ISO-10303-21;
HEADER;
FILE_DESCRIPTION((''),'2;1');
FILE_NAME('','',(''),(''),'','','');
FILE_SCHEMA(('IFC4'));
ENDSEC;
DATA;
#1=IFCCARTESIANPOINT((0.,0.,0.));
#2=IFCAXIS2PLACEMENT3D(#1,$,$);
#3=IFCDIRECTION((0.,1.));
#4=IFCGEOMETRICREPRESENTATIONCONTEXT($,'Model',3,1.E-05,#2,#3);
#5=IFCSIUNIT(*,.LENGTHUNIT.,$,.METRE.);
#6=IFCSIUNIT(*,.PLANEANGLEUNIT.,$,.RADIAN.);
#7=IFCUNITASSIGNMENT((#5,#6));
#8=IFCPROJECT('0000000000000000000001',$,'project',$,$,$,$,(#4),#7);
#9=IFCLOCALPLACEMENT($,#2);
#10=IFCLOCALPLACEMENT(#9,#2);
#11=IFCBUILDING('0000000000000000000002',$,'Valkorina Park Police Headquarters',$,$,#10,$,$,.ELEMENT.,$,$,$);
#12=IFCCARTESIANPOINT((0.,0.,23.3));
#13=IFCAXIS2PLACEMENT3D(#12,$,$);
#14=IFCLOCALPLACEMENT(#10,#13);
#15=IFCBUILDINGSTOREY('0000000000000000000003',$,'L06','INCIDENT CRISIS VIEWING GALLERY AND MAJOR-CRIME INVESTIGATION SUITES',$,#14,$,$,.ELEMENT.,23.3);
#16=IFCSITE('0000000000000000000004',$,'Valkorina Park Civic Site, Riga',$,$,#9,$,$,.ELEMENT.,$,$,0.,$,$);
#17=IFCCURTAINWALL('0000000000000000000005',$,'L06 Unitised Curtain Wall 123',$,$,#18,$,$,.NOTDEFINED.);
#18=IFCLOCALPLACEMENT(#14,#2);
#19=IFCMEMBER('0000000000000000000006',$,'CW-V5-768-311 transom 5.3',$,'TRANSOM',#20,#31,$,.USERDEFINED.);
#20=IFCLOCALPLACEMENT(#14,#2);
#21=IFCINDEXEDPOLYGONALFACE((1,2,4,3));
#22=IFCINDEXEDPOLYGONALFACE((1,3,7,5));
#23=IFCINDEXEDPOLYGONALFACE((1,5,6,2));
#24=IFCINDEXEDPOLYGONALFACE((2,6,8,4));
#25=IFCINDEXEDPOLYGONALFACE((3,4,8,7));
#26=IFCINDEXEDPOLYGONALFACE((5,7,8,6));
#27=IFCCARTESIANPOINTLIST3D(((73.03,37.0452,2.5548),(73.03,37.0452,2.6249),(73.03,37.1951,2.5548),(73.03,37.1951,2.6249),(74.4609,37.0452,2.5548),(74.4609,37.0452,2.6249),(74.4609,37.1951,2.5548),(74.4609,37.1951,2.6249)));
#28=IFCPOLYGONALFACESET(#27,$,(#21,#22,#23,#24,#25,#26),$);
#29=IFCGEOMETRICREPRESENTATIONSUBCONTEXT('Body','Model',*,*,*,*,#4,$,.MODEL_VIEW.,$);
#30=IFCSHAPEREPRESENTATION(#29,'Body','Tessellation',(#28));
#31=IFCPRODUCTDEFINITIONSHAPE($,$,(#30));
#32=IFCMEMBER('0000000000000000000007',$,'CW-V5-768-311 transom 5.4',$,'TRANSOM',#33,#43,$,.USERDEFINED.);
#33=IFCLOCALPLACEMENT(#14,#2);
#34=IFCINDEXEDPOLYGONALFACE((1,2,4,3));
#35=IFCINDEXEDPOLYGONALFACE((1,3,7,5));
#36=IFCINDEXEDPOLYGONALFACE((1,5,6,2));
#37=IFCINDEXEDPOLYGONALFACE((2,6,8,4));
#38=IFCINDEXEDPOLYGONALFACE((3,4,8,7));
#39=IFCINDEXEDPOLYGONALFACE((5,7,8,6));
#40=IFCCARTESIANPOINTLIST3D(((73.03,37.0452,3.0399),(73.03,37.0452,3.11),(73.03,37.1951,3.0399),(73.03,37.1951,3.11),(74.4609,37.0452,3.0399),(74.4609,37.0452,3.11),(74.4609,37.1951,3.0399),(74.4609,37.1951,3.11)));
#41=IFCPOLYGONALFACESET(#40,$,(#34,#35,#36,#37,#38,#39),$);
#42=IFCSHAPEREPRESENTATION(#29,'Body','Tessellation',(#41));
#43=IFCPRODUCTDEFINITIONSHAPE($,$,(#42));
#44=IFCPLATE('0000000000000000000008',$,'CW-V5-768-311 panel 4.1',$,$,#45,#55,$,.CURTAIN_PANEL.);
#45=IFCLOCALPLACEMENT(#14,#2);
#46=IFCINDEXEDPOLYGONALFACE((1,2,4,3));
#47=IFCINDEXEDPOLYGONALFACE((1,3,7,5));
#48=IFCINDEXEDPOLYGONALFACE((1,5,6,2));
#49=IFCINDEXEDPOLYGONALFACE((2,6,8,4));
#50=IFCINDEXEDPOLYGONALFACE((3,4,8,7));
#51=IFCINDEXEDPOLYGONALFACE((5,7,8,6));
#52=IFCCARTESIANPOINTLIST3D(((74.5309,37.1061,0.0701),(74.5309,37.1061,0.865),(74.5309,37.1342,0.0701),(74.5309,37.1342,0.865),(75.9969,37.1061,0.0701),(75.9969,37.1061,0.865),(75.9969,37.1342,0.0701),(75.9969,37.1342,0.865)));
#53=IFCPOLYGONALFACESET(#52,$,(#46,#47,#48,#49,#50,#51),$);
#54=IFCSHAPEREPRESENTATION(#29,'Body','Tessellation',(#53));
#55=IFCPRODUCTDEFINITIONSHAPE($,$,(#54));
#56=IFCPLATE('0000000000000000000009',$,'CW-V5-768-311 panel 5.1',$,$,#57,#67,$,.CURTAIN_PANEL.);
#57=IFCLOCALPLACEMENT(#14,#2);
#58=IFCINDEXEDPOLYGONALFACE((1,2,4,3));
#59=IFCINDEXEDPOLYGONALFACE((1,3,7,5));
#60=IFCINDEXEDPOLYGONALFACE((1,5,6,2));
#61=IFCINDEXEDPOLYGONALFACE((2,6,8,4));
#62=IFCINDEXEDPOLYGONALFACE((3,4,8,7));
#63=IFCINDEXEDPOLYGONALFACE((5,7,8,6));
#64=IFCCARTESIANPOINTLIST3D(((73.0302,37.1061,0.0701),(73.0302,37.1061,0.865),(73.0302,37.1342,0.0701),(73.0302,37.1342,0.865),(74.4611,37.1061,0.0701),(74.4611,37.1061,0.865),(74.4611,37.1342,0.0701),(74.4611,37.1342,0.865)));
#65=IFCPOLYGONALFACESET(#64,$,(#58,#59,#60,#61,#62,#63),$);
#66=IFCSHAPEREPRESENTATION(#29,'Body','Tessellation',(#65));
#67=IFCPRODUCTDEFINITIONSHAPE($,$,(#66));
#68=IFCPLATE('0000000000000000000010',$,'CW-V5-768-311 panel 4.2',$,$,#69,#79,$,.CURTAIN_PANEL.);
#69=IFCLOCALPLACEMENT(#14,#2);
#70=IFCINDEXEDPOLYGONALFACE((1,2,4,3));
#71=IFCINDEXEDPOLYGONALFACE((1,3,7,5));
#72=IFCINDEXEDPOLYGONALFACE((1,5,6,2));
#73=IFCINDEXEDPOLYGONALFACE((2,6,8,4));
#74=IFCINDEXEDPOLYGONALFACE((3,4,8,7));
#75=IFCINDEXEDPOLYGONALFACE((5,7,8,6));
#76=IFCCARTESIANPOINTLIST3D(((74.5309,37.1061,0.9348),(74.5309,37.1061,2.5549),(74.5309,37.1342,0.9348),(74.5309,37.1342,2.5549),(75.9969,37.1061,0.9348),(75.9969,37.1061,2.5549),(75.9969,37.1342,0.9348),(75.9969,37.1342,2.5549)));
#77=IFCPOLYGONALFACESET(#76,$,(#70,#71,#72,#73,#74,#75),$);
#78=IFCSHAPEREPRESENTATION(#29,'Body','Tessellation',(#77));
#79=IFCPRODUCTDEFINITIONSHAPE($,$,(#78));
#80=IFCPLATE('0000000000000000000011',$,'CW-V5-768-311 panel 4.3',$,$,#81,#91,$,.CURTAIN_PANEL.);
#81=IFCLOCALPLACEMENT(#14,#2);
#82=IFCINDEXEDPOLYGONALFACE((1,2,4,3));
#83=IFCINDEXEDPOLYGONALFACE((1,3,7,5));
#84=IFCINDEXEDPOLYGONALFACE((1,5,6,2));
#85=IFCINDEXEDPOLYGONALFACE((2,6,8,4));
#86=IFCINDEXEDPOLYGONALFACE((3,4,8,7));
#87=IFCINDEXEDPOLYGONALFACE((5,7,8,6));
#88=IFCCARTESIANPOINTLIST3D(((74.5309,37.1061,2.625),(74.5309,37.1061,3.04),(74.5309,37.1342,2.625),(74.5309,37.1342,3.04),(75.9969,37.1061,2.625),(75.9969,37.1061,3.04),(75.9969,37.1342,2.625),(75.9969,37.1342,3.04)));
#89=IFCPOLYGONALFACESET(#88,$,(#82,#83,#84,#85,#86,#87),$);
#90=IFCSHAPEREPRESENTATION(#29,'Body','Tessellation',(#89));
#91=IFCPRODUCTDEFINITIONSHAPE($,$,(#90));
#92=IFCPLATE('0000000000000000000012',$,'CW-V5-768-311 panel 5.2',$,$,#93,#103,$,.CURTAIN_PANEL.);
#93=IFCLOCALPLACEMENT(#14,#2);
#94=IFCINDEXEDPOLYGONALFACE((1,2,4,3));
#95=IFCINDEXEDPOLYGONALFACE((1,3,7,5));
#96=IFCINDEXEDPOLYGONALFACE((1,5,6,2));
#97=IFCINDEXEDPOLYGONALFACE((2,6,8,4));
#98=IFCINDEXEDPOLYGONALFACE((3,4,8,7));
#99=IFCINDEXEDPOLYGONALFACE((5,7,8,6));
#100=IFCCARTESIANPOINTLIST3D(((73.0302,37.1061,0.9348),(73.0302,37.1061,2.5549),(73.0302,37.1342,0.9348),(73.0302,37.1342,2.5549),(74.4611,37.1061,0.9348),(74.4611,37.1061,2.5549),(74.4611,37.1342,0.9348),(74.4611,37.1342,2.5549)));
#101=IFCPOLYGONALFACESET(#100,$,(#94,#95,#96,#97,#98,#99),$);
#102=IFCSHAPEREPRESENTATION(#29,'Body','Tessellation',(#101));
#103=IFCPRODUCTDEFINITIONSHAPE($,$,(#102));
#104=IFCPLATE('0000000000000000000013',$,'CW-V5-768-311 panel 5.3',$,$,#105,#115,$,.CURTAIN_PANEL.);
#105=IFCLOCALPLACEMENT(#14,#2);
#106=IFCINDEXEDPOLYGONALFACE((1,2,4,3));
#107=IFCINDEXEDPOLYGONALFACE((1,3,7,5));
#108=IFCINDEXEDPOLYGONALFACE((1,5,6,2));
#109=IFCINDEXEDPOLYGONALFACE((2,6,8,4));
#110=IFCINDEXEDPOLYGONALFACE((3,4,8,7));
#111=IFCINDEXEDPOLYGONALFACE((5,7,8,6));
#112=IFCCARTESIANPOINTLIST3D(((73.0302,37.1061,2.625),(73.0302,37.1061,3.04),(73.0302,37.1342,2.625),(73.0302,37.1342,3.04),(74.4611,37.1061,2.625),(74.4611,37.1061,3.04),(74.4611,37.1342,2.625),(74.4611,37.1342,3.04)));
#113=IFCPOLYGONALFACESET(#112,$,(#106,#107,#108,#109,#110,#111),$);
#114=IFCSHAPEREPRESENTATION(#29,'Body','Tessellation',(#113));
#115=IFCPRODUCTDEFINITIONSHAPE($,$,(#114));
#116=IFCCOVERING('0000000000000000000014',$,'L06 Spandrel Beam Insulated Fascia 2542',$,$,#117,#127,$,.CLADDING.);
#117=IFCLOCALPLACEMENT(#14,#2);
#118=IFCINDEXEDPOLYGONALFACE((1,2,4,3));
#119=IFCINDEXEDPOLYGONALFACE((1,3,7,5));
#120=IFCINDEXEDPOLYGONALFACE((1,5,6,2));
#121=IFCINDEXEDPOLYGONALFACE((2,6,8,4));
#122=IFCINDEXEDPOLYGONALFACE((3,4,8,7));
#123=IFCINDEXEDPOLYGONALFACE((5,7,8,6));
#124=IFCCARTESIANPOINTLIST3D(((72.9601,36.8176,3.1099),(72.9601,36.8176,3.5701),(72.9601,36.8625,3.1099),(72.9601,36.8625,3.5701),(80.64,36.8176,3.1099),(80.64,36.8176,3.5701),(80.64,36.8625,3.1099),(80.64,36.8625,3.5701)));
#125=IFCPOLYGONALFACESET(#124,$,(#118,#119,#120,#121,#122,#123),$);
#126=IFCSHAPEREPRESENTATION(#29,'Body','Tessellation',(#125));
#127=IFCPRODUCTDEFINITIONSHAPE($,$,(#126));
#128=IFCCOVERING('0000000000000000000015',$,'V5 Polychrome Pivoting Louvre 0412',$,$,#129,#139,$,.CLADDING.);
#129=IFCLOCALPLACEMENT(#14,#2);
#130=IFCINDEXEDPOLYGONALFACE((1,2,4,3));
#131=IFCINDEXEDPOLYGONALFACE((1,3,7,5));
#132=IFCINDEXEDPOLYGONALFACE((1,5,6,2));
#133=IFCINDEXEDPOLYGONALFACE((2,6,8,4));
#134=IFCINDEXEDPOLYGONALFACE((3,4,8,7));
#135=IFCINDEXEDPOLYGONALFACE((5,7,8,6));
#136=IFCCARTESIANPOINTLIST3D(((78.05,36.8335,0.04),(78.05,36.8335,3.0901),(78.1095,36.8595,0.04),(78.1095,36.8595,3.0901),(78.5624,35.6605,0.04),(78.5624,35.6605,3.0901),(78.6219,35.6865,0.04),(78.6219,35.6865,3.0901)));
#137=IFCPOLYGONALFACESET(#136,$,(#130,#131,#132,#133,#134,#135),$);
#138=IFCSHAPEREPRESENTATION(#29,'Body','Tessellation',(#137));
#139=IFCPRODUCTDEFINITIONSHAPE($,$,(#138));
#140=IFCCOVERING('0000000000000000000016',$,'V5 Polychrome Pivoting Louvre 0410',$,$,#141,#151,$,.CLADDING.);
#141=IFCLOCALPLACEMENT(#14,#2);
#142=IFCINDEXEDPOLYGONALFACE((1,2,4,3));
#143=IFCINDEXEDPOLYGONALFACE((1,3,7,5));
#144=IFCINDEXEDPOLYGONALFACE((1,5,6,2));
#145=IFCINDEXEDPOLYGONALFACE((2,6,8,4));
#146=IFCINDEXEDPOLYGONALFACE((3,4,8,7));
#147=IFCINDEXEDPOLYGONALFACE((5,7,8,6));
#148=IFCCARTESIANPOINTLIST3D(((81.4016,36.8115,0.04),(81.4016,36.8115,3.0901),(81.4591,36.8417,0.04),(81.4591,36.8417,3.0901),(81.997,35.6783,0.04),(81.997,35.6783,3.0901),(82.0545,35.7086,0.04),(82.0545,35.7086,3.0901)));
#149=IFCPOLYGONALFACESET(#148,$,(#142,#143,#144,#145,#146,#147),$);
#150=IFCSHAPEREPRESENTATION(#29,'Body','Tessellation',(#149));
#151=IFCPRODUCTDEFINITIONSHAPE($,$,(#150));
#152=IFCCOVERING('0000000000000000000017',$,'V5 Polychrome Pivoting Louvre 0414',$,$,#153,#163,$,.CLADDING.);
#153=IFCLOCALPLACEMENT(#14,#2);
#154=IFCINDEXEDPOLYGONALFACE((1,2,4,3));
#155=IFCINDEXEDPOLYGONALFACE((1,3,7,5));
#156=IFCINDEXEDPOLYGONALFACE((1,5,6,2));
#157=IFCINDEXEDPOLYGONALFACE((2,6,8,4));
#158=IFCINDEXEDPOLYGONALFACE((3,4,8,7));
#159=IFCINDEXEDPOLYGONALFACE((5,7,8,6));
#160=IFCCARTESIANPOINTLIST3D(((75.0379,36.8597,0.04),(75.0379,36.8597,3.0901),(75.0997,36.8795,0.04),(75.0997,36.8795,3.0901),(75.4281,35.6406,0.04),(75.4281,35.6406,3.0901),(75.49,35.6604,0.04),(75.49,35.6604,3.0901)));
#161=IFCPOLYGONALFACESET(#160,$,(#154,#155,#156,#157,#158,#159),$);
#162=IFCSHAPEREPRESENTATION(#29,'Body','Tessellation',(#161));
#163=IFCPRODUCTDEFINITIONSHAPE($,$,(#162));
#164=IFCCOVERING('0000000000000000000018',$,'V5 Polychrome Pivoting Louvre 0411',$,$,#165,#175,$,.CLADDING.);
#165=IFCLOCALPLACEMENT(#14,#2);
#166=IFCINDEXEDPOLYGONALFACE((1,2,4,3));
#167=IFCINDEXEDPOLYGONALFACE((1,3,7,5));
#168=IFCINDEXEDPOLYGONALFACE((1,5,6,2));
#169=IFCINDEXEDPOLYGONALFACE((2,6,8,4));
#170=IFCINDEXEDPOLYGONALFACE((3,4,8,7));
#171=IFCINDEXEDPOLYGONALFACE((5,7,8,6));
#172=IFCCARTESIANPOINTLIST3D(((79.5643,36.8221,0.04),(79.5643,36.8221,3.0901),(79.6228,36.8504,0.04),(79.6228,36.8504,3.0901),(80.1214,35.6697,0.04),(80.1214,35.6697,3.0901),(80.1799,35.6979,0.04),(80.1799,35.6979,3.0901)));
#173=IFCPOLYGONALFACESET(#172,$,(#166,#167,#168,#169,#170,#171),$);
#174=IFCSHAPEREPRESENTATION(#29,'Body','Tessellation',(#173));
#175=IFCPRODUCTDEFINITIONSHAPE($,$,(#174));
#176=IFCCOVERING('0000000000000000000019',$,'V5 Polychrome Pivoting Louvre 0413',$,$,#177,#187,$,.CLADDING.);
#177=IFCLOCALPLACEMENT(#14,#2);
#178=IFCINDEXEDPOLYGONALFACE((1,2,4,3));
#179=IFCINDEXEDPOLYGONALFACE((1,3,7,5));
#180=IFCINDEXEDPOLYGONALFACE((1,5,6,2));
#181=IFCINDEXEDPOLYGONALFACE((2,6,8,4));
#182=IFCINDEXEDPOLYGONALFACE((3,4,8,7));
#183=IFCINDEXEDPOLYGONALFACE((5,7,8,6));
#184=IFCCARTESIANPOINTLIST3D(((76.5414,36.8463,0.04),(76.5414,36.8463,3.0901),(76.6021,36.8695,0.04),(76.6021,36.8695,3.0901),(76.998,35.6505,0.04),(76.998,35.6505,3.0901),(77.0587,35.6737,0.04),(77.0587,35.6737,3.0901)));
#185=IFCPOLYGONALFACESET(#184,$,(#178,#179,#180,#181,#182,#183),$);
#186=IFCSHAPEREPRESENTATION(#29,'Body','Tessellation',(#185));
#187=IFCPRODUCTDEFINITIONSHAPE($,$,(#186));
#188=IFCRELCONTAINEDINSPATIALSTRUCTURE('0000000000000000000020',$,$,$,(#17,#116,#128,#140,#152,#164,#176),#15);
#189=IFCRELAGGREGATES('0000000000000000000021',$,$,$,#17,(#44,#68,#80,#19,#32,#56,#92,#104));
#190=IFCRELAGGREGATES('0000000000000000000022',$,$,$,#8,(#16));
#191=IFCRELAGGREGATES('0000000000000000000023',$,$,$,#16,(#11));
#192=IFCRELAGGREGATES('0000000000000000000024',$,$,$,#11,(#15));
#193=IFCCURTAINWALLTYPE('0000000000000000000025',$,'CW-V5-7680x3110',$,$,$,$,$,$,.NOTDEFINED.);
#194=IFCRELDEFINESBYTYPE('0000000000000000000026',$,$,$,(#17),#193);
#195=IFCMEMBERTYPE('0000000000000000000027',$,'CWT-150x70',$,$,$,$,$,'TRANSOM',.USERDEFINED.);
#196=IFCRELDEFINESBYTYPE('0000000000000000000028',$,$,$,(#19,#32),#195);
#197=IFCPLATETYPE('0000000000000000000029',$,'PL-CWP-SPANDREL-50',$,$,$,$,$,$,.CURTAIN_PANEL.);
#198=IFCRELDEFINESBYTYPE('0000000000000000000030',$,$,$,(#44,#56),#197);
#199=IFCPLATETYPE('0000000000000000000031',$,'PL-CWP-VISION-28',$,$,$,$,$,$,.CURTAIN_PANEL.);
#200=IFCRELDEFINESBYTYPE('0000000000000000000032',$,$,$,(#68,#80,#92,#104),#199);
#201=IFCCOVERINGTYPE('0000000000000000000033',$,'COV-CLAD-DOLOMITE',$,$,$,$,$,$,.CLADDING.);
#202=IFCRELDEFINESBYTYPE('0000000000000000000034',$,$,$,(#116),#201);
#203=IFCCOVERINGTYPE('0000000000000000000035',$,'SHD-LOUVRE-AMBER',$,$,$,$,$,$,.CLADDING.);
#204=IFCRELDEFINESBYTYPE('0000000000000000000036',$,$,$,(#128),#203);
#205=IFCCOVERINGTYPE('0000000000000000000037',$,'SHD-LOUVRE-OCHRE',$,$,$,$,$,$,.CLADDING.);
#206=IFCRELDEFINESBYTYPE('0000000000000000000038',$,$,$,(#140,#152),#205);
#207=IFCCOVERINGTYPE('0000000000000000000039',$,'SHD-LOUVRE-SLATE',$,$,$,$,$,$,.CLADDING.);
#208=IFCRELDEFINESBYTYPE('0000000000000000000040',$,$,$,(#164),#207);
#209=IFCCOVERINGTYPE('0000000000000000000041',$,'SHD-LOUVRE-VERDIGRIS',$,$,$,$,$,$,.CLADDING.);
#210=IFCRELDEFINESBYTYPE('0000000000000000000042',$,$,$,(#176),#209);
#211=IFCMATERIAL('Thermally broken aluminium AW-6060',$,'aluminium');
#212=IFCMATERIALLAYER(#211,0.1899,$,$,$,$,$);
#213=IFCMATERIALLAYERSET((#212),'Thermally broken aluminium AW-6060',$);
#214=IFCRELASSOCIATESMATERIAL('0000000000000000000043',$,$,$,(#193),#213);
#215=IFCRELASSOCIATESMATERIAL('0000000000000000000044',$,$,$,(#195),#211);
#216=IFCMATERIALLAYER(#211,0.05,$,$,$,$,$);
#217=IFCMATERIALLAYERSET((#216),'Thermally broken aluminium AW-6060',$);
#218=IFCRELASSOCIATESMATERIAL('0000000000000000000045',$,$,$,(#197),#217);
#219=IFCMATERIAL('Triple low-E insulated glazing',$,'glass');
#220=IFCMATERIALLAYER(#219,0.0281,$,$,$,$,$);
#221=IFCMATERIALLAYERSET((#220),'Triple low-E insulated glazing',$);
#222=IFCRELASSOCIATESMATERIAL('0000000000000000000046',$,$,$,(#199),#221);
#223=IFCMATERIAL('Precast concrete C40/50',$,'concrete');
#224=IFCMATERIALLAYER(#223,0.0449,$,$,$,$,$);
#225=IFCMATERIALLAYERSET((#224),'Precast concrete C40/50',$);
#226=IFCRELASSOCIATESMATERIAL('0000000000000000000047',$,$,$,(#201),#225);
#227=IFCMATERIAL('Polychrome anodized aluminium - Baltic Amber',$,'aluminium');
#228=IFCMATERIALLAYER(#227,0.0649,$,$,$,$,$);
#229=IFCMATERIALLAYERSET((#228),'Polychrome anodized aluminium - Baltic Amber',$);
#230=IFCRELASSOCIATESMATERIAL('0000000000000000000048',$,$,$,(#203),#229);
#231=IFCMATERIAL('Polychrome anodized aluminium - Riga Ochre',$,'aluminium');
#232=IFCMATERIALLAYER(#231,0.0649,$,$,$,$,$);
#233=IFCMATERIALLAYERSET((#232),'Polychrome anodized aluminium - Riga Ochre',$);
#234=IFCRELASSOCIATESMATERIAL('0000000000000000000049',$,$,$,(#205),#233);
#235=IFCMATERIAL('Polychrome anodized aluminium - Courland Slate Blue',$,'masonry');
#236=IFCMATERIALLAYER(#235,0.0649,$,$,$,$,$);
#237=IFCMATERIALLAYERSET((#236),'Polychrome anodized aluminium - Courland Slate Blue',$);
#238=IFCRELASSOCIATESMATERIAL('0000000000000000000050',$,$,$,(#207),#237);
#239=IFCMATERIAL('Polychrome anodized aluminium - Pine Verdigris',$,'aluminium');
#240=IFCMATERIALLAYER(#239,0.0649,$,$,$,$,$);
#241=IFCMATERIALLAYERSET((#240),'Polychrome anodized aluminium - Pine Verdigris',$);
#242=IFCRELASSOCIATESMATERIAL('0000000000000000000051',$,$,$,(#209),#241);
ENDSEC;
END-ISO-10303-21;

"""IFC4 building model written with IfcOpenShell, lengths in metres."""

from ifc_helpers import new_model, si_unit, direction, frame, frame_2d, origin, origin_2d, place, context, subcontext, project, spatial, rectangle, extrude, material, layer, layer_set, material_profile, profile_set, type_object, element, aggregate, save


model = new_model("IFC4")

# Units and contexts
model_context = context("Model", 3, precision=1e-05, world=origin(), true_north=direction((0.0, 1.0)))
body_context = subcontext(model_context, "Body", "Model", "MODEL_VIEW")
ifc_project = project(units=[si_unit("LENGTHUNIT", "METRE"), si_unit("PLANEANGLEUNIT", "RADIAN")], contexts=[model_context])

# Site, building, storey
site_placement = place(None, origin())
site = spatial("IfcSite", under=ifc_project, at=site_placement, Name="Valkorina Park Civic Site, Riga", CompositionType="ELEMENT", RefElevation=0.0)
building_placement = place(site_placement, origin())
building = spatial("IfcBuilding", under=site, at=building_placement, Name="Valkorina Park Police Headquarters", CompositionType="ELEMENT")
storey_placement = place(building_placement, frame((0.0, 0.0, 23.3)))
storey = spatial("IfcBuildingStorey", under=building, at=storey_placement, Name="L06", Description="INCIDENT CRISIS VIEWING GALLERY AND MAJOR-CRIME INVESTIGATION SUITES", CompositionType="ELEMENT", Elevation=23.3)

# Curtain wall, members, plates
ifc_material_1 = material(Name="Thermally broken aluminium AW-6060", Category="aluminium")
ifc_layer_1 = layer(ifc_material_1, 0.1899)
ifc_layer_set_1 = layer_set([ifc_layer_1], Name="Thermally broken aluminium AW-6060")
curtain_wall_type = type_object("IfcCurtainWallType", Name="CW-V5-7680x3110", PredefinedType="NOTDEFINED", material=ifc_layer_set_1)
curtain_wall_placement = place(storey_placement, origin())
curtain_wall = element("IfcCurtainWall", 1, at=curtain_wall_placement, inside=storey, type_object=curtain_wall_type, Name="L06 Unitised Curtain Wall 123", PredefinedType="NOTDEFINED")
ifc_material_profile_1 = material_profile(ifc_material_1, rectangle(XDim=0.1499, YDim=0.0701, at=origin_2d()), Name="CWT-02 150x70")
ifc_profile_set_1 = profile_set([ifc_material_profile_1], Name="Thermally broken aluminium AW-6060")
member_type_1 = type_object("IfcMemberType", Name="CWT-150x70", ElementType="TRANSOM", PredefinedType="USERDEFINED", material=ifc_profile_set_1)
member_1_placement = place(storey_placement, frame((74.4609, 37.1201, 2.5898), z_axis=(-1.0, 0.0, 0.0), x_axis=(0.0, -1.0, 0.0)))
member_1 = element("IfcMember", 2, at=member_1_placement, type_object=member_type_1, Name="CW-V5-768-311 transom 5.3", ObjectType="TRANSOM", PredefinedType="USERDEFINED", context=body_context, shape_type="SweptSolid", body=[
    extrude(rectangle(XDim=0.1499, YDim=0.0701, at=origin_2d()), origin(), (0.0, 0.0, 1.0), 1.4309),
])
member_2_placement = place(storey_placement, frame((74.4609, 37.1201, 3.075), z_axis=(-1.0, 0.0, 0.0), x_axis=(0.0, -1.0, 0.0)))
member_2 = element("IfcMember", 3, at=member_2_placement, type_object=member_type_1, Name="CW-V5-768-311 transom 5.4", ObjectType="TRANSOM", PredefinedType="USERDEFINED", context=body_context, shape_type="SweptSolid", body=[
    extrude(rectangle(XDim=0.1499, YDim=0.0701, at=origin_2d()), origin(), (0.0, 0.0, 1.0), 1.4309),
])
ifc_layer_2 = layer(ifc_material_1, 0.05)
ifc_layer_set_2 = layer_set([ifc_layer_2], Name="Thermally broken aluminium AW-6060")
plate_type_1 = type_object("IfcPlateType", Name="PL-CWP-SPANDREL-50", PredefinedType="CURTAIN_PANEL", material=ifc_layer_set_2)
plate_1_placement = place(storey_placement, frame((75.2639, 37.1201, 0.0701), z_axis=(0.0, 0.0, 1.0), x_axis=(-1.0, 0.0, 0.0)))
plate_1 = element("IfcPlate", 4, at=plate_1_placement, type_object=plate_type_1, Name="CW-V5-768-311 panel 4.1", PredefinedType="CURTAIN_PANEL", context=body_context, shape_type="SweptSolid", body=[
    extrude(rectangle(XDim=1.4661, YDim=0.0281, at=origin_2d()), origin(), (0.0, 0.0, 1.0), 0.7949),
])
plate_2_placement = place(storey_placement, frame((73.7456, 37.1201, 0.0701), z_axis=(0.0, 0.0, 1.0), x_axis=(-1.0, 0.0, 0.0)))
plate_2 = element("IfcPlate", 5, at=plate_2_placement, type_object=plate_type_1, Name="CW-V5-768-311 panel 5.1", PredefinedType="CURTAIN_PANEL", context=body_context, shape_type="SweptSolid", body=[
    extrude(rectangle(XDim=1.4309, YDim=0.0281, at=origin_2d()), origin(), (0.0, 0.0, 1.0), 0.7949),
])
ifc_material_2 = material(Name="Triple low-E insulated glazing", Category="glass")
ifc_layer_3 = layer(ifc_material_2, 0.0281)
ifc_layer_set_3 = layer_set([ifc_layer_3], Name="Triple low-E insulated glazing")
plate_type_2 = type_object("IfcPlateType", Name="PL-CWP-VISION-28", PredefinedType="CURTAIN_PANEL", material=ifc_layer_set_3)
plate_3_placement = place(storey_placement, frame((75.2639, 37.1201, 0.9348), z_axis=(0.0, 0.0, 1.0), x_axis=(-1.0, 0.0, 0.0)))
plate_3 = element("IfcPlate", 6, at=plate_3_placement, type_object=plate_type_2, Name="CW-V5-768-311 panel 4.2", PredefinedType="CURTAIN_PANEL", context=body_context, shape_type="SweptSolid", body=[
    extrude(rectangle(XDim=1.4661, YDim=0.0281, at=origin_2d()), origin(), (0.0, 0.0, 1.0), 1.6201),
])
plate_4_placement = place(storey_placement, frame((75.2639, 37.1201, 2.625), z_axis=(0.0, 0.0, 1.0), x_axis=(-1.0, 0.0, 0.0)))
plate_4 = element("IfcPlate", 7, at=plate_4_placement, type_object=plate_type_2, Name="CW-V5-768-311 panel 4.3", PredefinedType="CURTAIN_PANEL", context=body_context, shape_type="SweptSolid", body=[
    extrude(rectangle(XDim=1.4661, YDim=0.0281, at=origin_2d()), origin(), (0.0, 0.0, 1.0), 0.415),
])
plate_5_placement = place(storey_placement, frame((73.7456, 37.1201, 0.9348), z_axis=(0.0, 0.0, 1.0), x_axis=(-1.0, 0.0, 0.0)))
plate_5 = element("IfcPlate", 8, at=plate_5_placement, type_object=plate_type_2, Name="CW-V5-768-311 panel 5.2", PredefinedType="CURTAIN_PANEL", context=body_context, shape_type="SweptSolid", body=[
    extrude(rectangle(XDim=1.4309, YDim=0.0281, at=origin_2d()), origin(), (0.0, 0.0, 1.0), 1.6201),
])
plate_6_placement = place(storey_placement, frame((73.7456, 37.1201, 2.625), z_axis=(0.0, 0.0, 1.0), x_axis=(-1.0, 0.0, 0.0)))
plate_6 = element("IfcPlate", 9, at=plate_6_placement, type_object=plate_type_2, Name="CW-V5-768-311 panel 5.3", PredefinedType="CURTAIN_PANEL", context=body_context, shape_type="SweptSolid", body=[
    extrude(rectangle(XDim=1.4309, YDim=0.0281, at=origin_2d()), origin(), (0.0, 0.0, 1.0), 0.415),
])
aggregate(curtain_wall, [plate_1, plate_3, plate_4, member_1, member_2, plate_2, plate_5, plate_6])

# Coverings
ifc_material_3 = material(Name="Precast concrete C40/50", Category="concrete")
ifc_layer_4 = layer(ifc_material_3, 0.0449)
ifc_layer_set_4 = layer_set([ifc_layer_4], Name="Precast concrete C40/50")
covering_type_1 = type_object("IfcCoveringType", Name="COV-CLAD-DOLOMITE", PredefinedType="CLADDING", material=ifc_layer_set_4)
covering_1_placement = place(storey_placement, frame((80.6399, 36.8401, 3.1099), z_axis=(0.0, 0.0, 1.0), x_axis=(-1.0, 0.0, 0.0)))
element("IfcCovering", 10, at=covering_1_placement, inside=storey, type_object=covering_type_1, Name="L06 Spandrel Beam Insulated Fascia 2542", PredefinedType="CLADDING", context=body_context, shape_type="SweptSolid", body=[
    extrude(rectangle(XDim=7.6799, YDim=0.0449, at=frame_2d((3.8398, 0.0))), origin(), (0.0, 0.0, 1.0), 0.4602),
])
ifc_material_4 = material(Name="Polychrome anodized aluminium - Baltic Amber", Category="aluminium")
ifc_layer_5 = layer(ifc_material_4, 0.0649)
ifc_layer_set_5 = layer_set([ifc_layer_5], Name="Polychrome anodized aluminium - Baltic Amber")
covering_type_2 = type_object("IfcCoveringType", Name="SHD-LOUVRE-AMBER", PredefinedType="CLADDING", material=ifc_layer_set_5)
covering_2_placement = place(storey_placement, frame((78.3359, 36.26, 0.04), z_axis=(0.0, 0.0, 1.0), x_axis=(0.400349, -0.916363, 0.0)))
element("IfcCovering", 11, at=covering_2_placement, inside=storey, type_object=covering_type_2, Name="V5 Polychrome Pivoting Louvre 0412", PredefinedType="CLADDING", context=body_context, shape_type="SweptSolid", body=[
    extrude(rectangle(XDim=1.28, YDim=0.0649, at=origin_2d()), origin(), (0.0, 0.0, 1.0), 3.05),
])
ifc_material_5 = material(Name="Polychrome anodized aluminium - Riga Ochre", Category="aluminium")
ifc_layer_6 = layer(ifc_material_5, 0.0649)
ifc_layer_set_6 = layer_set([ifc_layer_6], Name="Polychrome anodized aluminium - Riga Ochre")
covering_type_3 = type_object("IfcCoveringType", Name="SHD-LOUVRE-OCHRE", PredefinedType="CLADDING", material=ifc_layer_set_6)
for number, where, z_axis, x_axis, name in (
    (12, (81.728, 36.26, 0.04), (0.0, 0.0, 1.0), (0.465151, -0.885231, 0.0), "V5 Polychrome Pivoting Louvre 0410"),
    (13, (75.2639, 36.26, 0.04), (0.0, 0.0, 1.0), (0.304864, -0.952396, 0.0), "V5 Polychrome Pivoting Louvre 0414"),
):
    element("IfcCovering", number, at=place(storey_placement, frame(where, z_axis=z_axis, x_axis=x_axis)), inside=storey, type_object=covering_type_3, Name=name, PredefinedType="CLADDING", context=body_context, shape_type="SweptSolid", body=[
        extrude(rectangle(XDim=1.28, YDim=0.0649, at=origin_2d()), origin(), (0.0, 0.0, 1.0), 3.05),
    ])
ifc_material_6 = material(Name="Polychrome anodized aluminium - Courland Slate Blue", Category="masonry")
ifc_layer_7 = layer(ifc_material_6, 0.0649)
ifc_layer_set_7 = layer_set([ifc_layer_7], Name="Polychrome anodized aluminium - Courland Slate Blue")
covering_type_4 = type_object("IfcCoveringType", Name="SHD-LOUVRE-SLATE", PredefinedType="CLADDING", material=ifc_layer_set_7)
covering_3_placement = place(storey_placement, frame((79.8721, 36.26, 0.04), z_axis=(0.0, 0.0, 1.0), x_axis=(0.435231, -0.900319, 0.0)))
element("IfcCovering", 14, at=covering_3_placement, inside=storey, type_object=covering_type_4, Name="V5 Polychrome Pivoting Louvre 0411", PredefinedType="CLADDING", context=body_context, shape_type="SweptSolid", body=[
    extrude(rectangle(XDim=1.28, YDim=0.0649, at=origin_2d()), origin(), (0.0, 0.0, 1.0), 3.05),
])
ifc_material_7 = material(Name="Polychrome anodized aluminium - Pine Verdigris", Category="aluminium")
ifc_layer_8 = layer(ifc_material_7, 0.0649)
ifc_layer_set_8 = layer_set([ifc_layer_8], Name="Polychrome anodized aluminium - Pine Verdigris")
covering_type_5 = type_object("IfcCoveringType", Name="SHD-LOUVRE-VERDIGRIS", PredefinedType="CLADDING", material=ifc_layer_set_8)
covering_4_placement = place(storey_placement, frame((76.8, 36.26, 0.04), z_axis=(0.0, 0.0, 1.0), x_axis=(0.356738, -0.934204, 0.0)))
element("IfcCovering", 15, at=covering_4_placement, inside=storey, type_object=covering_type_5, Name="V5 Polychrome Pivoting Louvre 0413", PredefinedType="CLADDING", context=body_context, shape_type="SweptSolid", body=[
    extrude(rectangle(XDim=1.28, YDim=0.0649, at=origin_2d()), origin(), (0.0, 0.0, 1.0), 3.05),
])

save(model, "model.ifc")
